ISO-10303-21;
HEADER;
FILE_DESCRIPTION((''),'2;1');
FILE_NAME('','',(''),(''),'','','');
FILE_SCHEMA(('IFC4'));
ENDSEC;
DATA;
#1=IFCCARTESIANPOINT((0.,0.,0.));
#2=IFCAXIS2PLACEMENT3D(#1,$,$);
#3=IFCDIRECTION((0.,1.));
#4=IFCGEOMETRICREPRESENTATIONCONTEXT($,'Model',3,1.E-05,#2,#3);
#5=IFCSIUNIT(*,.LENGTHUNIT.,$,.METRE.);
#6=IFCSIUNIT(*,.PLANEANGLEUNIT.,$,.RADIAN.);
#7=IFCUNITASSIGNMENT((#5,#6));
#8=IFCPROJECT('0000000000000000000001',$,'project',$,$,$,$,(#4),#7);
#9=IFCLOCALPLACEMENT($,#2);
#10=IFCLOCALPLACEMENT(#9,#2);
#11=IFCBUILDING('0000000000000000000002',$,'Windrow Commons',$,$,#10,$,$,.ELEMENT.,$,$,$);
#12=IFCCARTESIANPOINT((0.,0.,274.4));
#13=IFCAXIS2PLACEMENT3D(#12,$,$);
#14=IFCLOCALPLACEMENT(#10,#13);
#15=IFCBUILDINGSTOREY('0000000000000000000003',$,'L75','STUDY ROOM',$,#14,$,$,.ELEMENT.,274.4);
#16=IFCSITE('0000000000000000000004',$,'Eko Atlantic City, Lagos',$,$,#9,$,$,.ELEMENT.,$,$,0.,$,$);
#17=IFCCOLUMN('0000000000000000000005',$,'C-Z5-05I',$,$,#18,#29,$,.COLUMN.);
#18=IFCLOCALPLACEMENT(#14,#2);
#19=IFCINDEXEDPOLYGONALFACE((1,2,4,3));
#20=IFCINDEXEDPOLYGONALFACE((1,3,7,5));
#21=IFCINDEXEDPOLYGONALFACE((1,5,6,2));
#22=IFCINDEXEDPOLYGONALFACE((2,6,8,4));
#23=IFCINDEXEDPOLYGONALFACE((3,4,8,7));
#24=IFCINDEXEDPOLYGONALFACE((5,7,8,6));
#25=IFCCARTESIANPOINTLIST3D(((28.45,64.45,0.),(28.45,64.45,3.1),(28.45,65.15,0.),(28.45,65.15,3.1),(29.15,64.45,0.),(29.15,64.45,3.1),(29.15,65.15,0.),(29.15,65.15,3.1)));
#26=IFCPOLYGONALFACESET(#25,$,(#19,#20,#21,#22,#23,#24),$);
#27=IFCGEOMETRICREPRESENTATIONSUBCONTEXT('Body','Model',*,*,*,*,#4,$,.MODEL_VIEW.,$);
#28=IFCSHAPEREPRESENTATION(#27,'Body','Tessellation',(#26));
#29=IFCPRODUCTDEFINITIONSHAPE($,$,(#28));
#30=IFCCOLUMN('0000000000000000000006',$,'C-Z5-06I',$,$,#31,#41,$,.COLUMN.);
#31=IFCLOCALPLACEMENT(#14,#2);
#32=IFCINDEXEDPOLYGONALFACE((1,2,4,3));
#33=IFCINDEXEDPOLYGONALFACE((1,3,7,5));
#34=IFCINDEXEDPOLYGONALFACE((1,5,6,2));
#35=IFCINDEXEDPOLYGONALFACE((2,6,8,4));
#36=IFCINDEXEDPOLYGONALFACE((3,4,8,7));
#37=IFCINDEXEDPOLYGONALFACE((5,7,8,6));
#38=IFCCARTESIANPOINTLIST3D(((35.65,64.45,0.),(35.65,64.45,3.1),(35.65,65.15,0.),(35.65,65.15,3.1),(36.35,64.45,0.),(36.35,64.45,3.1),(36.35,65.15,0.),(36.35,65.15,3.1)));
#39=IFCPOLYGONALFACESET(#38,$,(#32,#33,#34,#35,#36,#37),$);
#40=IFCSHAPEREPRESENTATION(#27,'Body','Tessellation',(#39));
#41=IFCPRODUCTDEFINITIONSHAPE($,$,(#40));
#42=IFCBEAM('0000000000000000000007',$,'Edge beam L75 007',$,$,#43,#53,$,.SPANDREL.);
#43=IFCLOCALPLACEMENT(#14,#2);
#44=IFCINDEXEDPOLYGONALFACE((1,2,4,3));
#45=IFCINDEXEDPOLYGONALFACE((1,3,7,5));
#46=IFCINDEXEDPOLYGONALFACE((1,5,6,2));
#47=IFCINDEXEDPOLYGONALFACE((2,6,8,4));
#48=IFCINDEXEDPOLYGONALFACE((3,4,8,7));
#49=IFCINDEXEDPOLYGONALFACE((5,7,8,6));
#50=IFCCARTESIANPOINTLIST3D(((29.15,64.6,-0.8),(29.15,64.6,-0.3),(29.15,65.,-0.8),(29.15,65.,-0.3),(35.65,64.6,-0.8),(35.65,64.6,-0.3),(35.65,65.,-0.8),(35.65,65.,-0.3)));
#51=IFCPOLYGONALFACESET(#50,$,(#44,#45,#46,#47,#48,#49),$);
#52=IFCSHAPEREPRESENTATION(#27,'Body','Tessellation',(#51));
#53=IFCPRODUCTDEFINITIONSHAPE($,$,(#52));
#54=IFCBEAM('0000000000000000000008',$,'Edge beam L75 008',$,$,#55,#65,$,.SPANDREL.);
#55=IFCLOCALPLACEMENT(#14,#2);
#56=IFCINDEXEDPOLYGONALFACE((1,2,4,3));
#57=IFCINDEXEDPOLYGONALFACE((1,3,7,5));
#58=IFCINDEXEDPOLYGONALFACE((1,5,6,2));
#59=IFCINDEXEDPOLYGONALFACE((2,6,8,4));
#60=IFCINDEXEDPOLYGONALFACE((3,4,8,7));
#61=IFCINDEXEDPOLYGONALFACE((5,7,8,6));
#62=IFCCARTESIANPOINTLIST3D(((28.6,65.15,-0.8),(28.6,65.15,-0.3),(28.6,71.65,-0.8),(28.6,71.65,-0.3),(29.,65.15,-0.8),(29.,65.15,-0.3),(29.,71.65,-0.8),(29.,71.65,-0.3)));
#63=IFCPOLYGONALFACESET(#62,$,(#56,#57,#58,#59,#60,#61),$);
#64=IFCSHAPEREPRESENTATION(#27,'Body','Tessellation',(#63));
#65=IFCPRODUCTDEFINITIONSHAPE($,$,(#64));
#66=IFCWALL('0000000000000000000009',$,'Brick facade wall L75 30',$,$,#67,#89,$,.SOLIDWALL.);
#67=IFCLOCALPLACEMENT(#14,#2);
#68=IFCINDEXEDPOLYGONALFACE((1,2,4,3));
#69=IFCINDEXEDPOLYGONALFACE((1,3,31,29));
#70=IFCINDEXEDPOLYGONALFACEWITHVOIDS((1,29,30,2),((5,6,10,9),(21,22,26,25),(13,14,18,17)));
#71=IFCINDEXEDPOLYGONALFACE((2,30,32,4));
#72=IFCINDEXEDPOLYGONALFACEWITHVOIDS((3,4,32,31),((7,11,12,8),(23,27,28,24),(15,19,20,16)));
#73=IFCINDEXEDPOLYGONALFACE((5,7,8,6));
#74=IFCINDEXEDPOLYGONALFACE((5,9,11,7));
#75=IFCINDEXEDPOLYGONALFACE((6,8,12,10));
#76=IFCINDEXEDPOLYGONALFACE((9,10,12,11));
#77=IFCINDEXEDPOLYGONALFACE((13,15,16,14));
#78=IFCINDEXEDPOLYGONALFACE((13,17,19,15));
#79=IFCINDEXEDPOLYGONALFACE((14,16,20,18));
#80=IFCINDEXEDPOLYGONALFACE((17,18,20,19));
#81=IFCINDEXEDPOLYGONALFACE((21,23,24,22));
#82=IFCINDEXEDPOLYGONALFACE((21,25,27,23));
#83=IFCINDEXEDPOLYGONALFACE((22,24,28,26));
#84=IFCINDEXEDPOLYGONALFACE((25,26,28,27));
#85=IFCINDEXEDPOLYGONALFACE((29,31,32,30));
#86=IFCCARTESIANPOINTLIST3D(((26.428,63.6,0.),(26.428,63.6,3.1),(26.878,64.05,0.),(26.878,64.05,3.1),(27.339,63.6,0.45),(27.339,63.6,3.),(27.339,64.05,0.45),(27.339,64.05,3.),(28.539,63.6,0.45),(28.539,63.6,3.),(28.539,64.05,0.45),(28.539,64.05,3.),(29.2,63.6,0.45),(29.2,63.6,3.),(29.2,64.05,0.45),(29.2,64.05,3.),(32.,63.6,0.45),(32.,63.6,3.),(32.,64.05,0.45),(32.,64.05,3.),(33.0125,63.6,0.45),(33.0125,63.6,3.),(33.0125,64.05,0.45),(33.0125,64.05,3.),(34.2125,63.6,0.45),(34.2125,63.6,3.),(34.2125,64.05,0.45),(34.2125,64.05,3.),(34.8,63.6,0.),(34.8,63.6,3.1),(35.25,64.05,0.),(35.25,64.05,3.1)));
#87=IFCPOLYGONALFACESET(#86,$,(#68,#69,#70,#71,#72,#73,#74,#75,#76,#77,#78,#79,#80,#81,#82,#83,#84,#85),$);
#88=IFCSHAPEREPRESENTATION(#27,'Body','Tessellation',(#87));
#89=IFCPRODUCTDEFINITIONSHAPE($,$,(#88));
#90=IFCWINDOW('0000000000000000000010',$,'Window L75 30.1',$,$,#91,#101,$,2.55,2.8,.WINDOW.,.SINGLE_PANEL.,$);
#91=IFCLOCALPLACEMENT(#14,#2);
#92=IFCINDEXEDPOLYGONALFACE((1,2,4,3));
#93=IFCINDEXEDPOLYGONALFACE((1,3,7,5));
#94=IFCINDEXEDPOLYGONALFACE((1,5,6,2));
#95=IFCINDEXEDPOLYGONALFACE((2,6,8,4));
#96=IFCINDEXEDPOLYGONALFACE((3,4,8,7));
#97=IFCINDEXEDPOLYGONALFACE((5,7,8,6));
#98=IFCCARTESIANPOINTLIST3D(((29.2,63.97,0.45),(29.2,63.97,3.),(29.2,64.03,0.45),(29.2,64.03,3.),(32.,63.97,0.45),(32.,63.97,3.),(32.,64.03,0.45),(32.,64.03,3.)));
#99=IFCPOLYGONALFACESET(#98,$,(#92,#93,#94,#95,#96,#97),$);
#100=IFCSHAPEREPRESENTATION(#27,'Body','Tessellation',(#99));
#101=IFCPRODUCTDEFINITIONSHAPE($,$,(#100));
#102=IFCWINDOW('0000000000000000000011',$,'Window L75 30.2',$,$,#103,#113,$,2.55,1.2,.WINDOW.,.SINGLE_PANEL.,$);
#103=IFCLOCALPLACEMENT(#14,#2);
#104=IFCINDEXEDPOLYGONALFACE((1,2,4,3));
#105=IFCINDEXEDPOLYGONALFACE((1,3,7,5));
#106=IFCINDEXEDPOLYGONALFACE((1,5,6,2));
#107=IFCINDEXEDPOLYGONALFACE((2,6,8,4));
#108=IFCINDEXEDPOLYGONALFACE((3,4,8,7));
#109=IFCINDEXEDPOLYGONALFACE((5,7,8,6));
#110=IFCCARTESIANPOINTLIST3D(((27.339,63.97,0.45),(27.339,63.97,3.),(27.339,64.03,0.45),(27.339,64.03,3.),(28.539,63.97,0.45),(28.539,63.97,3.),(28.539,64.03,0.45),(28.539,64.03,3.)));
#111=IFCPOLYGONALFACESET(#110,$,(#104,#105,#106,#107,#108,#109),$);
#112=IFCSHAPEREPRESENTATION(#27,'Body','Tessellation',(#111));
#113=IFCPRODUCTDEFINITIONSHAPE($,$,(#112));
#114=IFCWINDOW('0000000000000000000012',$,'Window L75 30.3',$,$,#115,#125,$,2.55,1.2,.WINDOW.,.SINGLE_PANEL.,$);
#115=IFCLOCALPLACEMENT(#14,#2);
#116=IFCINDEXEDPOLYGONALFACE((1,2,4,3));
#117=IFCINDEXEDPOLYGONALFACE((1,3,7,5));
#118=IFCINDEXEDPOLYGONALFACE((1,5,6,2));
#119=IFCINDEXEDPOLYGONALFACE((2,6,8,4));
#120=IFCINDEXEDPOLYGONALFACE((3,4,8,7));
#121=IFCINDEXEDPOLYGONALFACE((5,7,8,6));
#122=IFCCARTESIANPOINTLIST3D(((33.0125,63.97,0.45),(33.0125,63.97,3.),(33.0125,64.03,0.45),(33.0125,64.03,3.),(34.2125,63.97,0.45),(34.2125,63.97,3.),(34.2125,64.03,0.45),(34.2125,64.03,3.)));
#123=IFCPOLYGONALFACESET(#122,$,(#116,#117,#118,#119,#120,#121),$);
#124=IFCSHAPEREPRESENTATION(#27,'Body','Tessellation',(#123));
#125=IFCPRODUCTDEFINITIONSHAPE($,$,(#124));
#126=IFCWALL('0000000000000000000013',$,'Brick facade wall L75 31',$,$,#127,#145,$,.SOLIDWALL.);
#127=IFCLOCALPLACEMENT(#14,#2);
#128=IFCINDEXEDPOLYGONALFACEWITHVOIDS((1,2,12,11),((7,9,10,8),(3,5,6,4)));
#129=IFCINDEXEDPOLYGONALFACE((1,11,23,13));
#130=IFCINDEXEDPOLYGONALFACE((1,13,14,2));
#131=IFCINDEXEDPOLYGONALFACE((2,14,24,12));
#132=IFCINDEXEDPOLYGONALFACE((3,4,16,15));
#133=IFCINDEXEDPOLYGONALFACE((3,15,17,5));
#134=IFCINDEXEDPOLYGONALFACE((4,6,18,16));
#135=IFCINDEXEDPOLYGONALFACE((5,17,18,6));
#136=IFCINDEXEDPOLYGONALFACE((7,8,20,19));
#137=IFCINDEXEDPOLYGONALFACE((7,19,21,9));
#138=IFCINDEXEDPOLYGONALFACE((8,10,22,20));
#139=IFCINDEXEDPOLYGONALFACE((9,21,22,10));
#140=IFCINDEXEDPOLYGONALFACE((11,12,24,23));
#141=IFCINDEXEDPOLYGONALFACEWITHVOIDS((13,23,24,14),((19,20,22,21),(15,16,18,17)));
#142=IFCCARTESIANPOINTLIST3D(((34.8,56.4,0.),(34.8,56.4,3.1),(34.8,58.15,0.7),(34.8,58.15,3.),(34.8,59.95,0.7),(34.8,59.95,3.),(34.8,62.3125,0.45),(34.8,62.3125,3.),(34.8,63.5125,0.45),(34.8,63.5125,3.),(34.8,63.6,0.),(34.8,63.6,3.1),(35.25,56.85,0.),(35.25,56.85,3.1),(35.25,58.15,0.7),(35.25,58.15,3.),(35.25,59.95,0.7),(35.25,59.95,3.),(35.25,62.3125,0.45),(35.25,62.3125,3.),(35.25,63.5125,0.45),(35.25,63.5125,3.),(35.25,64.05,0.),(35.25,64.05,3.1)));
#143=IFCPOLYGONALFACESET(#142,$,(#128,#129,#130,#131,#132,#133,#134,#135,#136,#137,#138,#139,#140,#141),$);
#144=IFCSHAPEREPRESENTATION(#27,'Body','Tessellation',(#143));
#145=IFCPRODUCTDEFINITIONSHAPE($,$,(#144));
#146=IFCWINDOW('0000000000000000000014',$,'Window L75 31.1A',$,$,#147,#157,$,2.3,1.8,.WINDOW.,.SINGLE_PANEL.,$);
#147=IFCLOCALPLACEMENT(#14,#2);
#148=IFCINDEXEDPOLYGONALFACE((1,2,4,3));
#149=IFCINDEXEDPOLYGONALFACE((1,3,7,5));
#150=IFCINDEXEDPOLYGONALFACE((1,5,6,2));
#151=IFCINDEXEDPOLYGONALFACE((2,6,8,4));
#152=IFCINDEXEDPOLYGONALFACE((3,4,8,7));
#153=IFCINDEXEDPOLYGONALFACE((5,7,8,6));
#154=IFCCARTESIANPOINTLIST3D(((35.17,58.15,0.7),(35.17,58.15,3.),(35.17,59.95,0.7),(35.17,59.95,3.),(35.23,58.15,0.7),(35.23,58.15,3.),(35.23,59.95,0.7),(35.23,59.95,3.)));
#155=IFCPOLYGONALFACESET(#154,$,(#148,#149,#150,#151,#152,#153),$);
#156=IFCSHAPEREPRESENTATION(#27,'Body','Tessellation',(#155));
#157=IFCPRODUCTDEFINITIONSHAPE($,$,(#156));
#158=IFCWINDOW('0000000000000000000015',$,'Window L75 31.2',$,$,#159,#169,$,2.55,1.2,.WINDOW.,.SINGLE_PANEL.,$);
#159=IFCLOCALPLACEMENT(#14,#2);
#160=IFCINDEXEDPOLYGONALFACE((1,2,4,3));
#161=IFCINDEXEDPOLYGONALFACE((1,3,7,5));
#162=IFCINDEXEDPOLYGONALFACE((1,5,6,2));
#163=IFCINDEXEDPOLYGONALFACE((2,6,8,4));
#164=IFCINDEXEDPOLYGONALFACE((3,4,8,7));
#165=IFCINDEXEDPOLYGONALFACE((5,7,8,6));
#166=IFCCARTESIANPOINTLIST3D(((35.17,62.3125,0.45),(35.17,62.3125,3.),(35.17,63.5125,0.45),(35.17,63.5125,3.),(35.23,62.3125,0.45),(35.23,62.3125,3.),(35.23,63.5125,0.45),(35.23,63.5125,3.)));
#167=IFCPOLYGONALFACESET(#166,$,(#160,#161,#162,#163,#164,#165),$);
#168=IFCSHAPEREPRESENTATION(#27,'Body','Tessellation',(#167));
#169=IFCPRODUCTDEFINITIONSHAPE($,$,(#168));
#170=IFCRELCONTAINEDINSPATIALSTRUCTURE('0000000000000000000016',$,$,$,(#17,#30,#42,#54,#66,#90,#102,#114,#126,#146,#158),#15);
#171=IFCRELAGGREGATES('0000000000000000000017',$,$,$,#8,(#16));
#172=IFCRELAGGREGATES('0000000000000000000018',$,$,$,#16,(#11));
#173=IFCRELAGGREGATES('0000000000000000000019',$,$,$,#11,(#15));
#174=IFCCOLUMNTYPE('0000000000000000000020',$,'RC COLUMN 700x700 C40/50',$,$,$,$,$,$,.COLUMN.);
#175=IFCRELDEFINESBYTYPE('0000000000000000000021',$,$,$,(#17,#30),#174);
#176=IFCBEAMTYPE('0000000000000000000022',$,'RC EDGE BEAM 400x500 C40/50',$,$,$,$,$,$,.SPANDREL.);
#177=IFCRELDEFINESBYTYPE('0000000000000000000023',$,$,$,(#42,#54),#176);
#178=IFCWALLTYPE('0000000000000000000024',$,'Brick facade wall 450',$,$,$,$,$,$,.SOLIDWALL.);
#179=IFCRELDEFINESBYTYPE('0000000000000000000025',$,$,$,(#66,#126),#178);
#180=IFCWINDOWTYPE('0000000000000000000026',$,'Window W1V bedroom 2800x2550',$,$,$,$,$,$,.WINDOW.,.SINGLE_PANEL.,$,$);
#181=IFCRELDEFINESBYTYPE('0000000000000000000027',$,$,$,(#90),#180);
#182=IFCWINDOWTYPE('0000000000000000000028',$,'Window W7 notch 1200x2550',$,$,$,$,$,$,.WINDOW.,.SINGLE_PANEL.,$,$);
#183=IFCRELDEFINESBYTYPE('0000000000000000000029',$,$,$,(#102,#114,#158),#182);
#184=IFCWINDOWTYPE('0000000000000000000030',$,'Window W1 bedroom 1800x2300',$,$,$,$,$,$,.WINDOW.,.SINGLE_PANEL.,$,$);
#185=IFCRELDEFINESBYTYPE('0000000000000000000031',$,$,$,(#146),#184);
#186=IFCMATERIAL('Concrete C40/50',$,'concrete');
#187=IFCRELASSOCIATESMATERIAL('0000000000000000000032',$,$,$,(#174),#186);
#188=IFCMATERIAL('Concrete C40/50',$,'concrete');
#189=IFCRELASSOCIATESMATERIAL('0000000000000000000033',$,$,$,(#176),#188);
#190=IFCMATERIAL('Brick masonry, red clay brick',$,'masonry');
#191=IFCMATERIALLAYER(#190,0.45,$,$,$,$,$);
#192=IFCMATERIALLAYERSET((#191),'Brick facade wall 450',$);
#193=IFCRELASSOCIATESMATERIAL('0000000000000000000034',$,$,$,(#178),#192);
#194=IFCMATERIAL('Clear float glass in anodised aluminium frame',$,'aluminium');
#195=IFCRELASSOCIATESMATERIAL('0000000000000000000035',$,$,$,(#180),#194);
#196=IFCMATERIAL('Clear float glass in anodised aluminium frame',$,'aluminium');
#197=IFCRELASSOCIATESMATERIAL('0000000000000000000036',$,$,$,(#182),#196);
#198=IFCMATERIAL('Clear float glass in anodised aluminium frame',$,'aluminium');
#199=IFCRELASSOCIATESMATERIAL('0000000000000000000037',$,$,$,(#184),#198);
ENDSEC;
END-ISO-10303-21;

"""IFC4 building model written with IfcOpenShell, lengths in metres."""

from ifc_helpers import new_model, si_unit, direction, frame, frame_2d, origin, origin_2d, place, context, subcontext, project, spatial, polyline, rectangle, outline, extrude, material, layer, layer_set, material_profile, profile_set, type_object, element, fill, save


model = new_model("IFC4")

# Units and contexts
model_context = context("Model", 3, precision=1e-05, world=origin(), true_north=direction((0.0, 1.0)))
body_context = subcontext(model_context, "Body", "Model", "MODEL_VIEW")
ifc_project = project(units=[si_unit("LENGTHUNIT", "METRE"), si_unit("PLANEANGLEUNIT", "RADIAN")], contexts=[model_context])

# Site, building, storey
site_placement = place(None, origin())
site = spatial("IfcSite", under=ifc_project, at=site_placement, Name="Eko Atlantic City, Lagos", CompositionType="ELEMENT", RefElevation=0.0)
building_placement = place(site_placement, origin())
building = spatial("IfcBuilding", under=site, at=building_placement, Name="Windrow Commons", CompositionType="ELEMENT")
storey_placement = place(building_placement, frame((0.0, 0.0, 274.4)))
storey = spatial("IfcBuildingStorey", under=building, at=storey_placement, Name="L75", Description="STUDY ROOM", CompositionType="ELEMENT", Elevation=274.4)

# Columns
ifc_material_1 = material(Name="Concrete C40/50", Category="concrete")
ifc_material_profile_1 = material_profile(ifc_material_1, rectangle(XDim=0.7, YDim=0.7, at=origin_2d()))
ifc_profile_set_1 = profile_set([ifc_material_profile_1], Name="Concrete C40/50")
column_type = type_object("IfcColumnType", Name="RC COLUMN 700x700 C40/50", PredefinedType="COLUMN", material=ifc_profile_set_1)
for number, where, z_axis, x_axis, name in (
    (1, (28.8, 64.8, 0.0), (0.0, 0.0, 1.0), (1.0, 0.0, 0.0), "C-Z5-05I"),
    (2, (36.0, 64.8, 0.0), (0.0, 0.0, 1.0), (1.0, 0.0, 0.0), "C-Z5-06I"),
):
    element("IfcColumn", number, at=place(storey_placement, frame(where, z_axis=z_axis, x_axis=x_axis)), inside=storey, type_object=column_type, Name=name, PredefinedType="COLUMN", context=body_context, shape_type="SweptSolid", body=[
        extrude(rectangle(XDim=0.7, YDim=0.7, at=origin_2d()), origin(), (0.0, 0.0, 1.0), 3.1),
    ])

# Beams
ifc_material_2 = material(Name="Concrete C40/50", Category="concrete")
ifc_material_profile_2 = material_profile(ifc_material_2, rectangle(XDim=0.4, YDim=0.5, at=origin_2d()))
ifc_profile_set_2 = profile_set([ifc_material_profile_2], Name="Concrete C40/50")
beam_type = type_object("IfcBeamType", Name="RC EDGE BEAM 400x500 C40/50", PredefinedType="SPANDREL", material=ifc_profile_set_2)
for number, where, z_axis, x_axis, name in (
    (3, (35.65, 64.8, -0.55), (-1.0, 0.0, 0.0), (0.0, -1.0, 0.0), "Edge beam L75 007"),
    (4, (28.8, 65.15, -0.55), (0.0, 1.0, 0.0), (-1.0, 0.0, 0.0), "Edge beam L75 008"),
):
    element("IfcBeam", number, at=place(storey_placement, frame(where, z_axis=z_axis, x_axis=x_axis)), inside=storey, type_object=beam_type, Name=name, PredefinedType="SPANDREL", context=body_context, shape_type="SweptSolid", body=[
        extrude(rectangle(XDim=0.4, YDim=0.5, at=origin_2d()), origin(), (0.0, 0.0, 1.0), 6.5),
    ])

# Walls, openings, windows
ifc_material_3 = material(Name="Brick masonry, red clay brick", Category="masonry")
ifc_layer_1 = layer(ifc_material_3, 0.45)
ifc_layer_set_1 = layer_set([ifc_layer_1], Name="Brick facade wall 450")
wall_type_1 = type_object("IfcWallType", Name="Brick facade wall 450", PredefinedType="SOLIDWALL", material=ifc_layer_set_1)
wall_1_placement = place(storey_placement, frame((26.653, 63.825, 0.0), z_axis=(0.0, 0.0, 1.0), x_axis=(1.0, 0.0, 0.0)))
wall_1 = element("IfcWall", 5, at=wall_1_placement, inside=storey, type_object=wall_type_1, Name="Brick facade wall L75 30", PredefinedType="SOLIDWALL", context=body_context, shape_type="SweptSolid", body=[
    extrude(outline(polyline([(-0.225, -0.225), (8.147, -0.225), (8.597, 0.225), (0.225, 0.225), (-0.225, -0.225)])), origin(), (0.0, 0.0, 1.0), 3.1),
])
opening_1_placement = place(wall_1_placement, frame((2.547, 0.0, 0.45)))
opening_1 = element("IfcOpeningElement", 6, at=opening_1_placement, cuts=wall_1, PredefinedType="OPENING", context=body_context, shape_type="SweptSolid", body=[
    extrude(rectangle(XDim=2.8, YDim=2.55, at=frame_2d((1.4, 1.275))), frame((0.0, 0.235, 0.0), z_axis=(0.0, -1.0, 0.0), x_axis=(1.0, 0.0, 0.0)), (0.0, 0.0, 1.0), 0.47),
])
opening_2_placement = place(wall_1_placement, frame((0.686, 0.0, 0.45)))
opening_2 = element("IfcOpeningElement", 7, at=opening_2_placement, cuts=wall_1, PredefinedType="OPENING", context=body_context, shape_type="SweptSolid", body=[
    extrude(rectangle(XDim=1.2, YDim=2.55, at=frame_2d((0.6, 1.275))), frame((0.0, 0.235, 0.0), z_axis=(0.0, -1.0, 0.0), x_axis=(1.0, 0.0, 0.0)), (0.0, 0.0, 1.0), 0.47),
])
opening_3_placement = place(wall_1_placement, frame((6.3595, 0.0, 0.45)))
opening_3 = element("IfcOpeningElement", 8, at=opening_3_placement, cuts=wall_1, PredefinedType="OPENING", context=body_context, shape_type="SweptSolid", body=[
    extrude(rectangle(XDim=1.2, YDim=2.55, at=frame_2d((0.6, 1.275))), frame((0.0, 0.235, 0.0), z_axis=(0.0, -1.0, 0.0), x_axis=(1.0, 0.0, 0.0)), (0.0, 0.0, 1.0), 0.47),
])
ifc_material_4 = material(Name="Clear float glass in anodised aluminium frame", Category="aluminium")
window_type_1 = type_object("IfcWindowType", Name="Window W1V bedroom 2800x2550", PartitioningType="SINGLE_PANEL", PredefinedType="WINDOW", material=ifc_material_4)
window_1_placement = place(opening_1_placement, origin())
window_1 = element("IfcWindow", 9, at=window_1_placement, inside=storey, type_object=window_type_1, Name="Window L75 30.1", OverallHeight=2.55, OverallWidth=2.8, PartitioningType="SINGLE_PANEL", PredefinedType="WINDOW", context=body_context, shape_type="SweptSolid", body=[
    extrude(rectangle(XDim=2.8, YDim=2.55, at=frame_2d((1.4, 1.275))), frame((0.0, 0.205, 0.0), z_axis=(0.0, -1.0, 0.0), x_axis=(1.0, 0.0, 0.0)), (0.0, 0.0, 1.0), 0.06),
])
fill(opening_1, window_1)
ifc_material_5 = material(Name="Clear float glass in anodised aluminium frame", Category="aluminium")
window_type_2 = type_object("IfcWindowType", Name="Window W7 notch 1200x2550", PartitioningType="SINGLE_PANEL", PredefinedType="WINDOW", material=ifc_material_5)
window_2_placement = place(opening_2_placement, origin())
window_2 = element("IfcWindow", 10, at=window_2_placement, inside=storey, type_object=window_type_2, Name="Window L75 30.2", OverallHeight=2.55, OverallWidth=1.2, PartitioningType="SINGLE_PANEL", PredefinedType="WINDOW", context=body_context, shape_type="SweptSolid", body=[
    extrude(rectangle(XDim=1.2, YDim=2.55, at=frame_2d((0.6, 1.275))), frame((0.0, 0.205, 0.0), z_axis=(0.0, -1.0, 0.0), x_axis=(1.0, 0.0, 0.0)), (0.0, 0.0, 1.0), 0.06),
])
fill(opening_2, window_2)
window_3_placement = place(opening_3_placement, origin())
window_3 = element("IfcWindow", 11, at=window_3_placement, inside=storey, type_object=window_type_2, Name="Window L75 30.3", OverallHeight=2.55, OverallWidth=1.2, PartitioningType="SINGLE_PANEL", PredefinedType="WINDOW", context=body_context, shape_type="SweptSolid", body=[
    extrude(rectangle(XDim=1.2, YDim=2.55, at=frame_2d((0.6, 1.275))), frame((0.0, 0.205, 0.0), z_axis=(0.0, -1.0, 0.0), x_axis=(1.0, 0.0, 0.0)), (0.0, 0.0, 1.0), 0.06),
])
fill(opening_3, window_3)
wall_2_placement = place(storey_placement, frame((35.025, 63.825, 0.0), z_axis=(0.0, 0.0, 1.0), x_axis=(0.0, -1.0, 0.0)))
wall_2 = element("IfcWall", 12, at=wall_2_placement, inside=storey, type_object=wall_type_1, Name="Brick facade wall L75 31", PredefinedType="SOLIDWALL", context=body_context, shape_type="SweptSolid", body=[
    extrude(outline(polyline([(0.225, -0.225), (7.425, -0.225), (6.975, 0.225), (-0.225, 0.225), (0.225, -0.225)])), origin(), (0.0, 0.0, 1.0), 3.1),
])
opening_4_placement = place(wall_2_placement, frame((0.3125, 0.0, 0.45)))
opening_4 = element("IfcOpeningElement", 13, at=opening_4_placement, cuts=wall_2, PredefinedType="OPENING", context=body_context, shape_type="SweptSolid", body=[
    extrude(rectangle(XDim=1.2, YDim=2.55, at=frame_2d((0.6, 1.275))), frame((0.0, 0.235, 0.0), z_axis=(0.0, -1.0, 0.0), x_axis=(1.0, 0.0, 0.0)), (0.0, 0.0, 1.0), 0.47),
])
opening_5_placement = place(wall_2_placement, frame((3.875, 0.0, 0.7)))
opening_5 = element("IfcOpeningElement", 14, at=opening_5_placement, cuts=wall_2, PredefinedType="OPENING", context=body_context, shape_type="SweptSolid", body=[
    extrude(rectangle(XDim=1.8, YDim=2.3, at=frame_2d((0.9, 1.15))), frame((0.0, 0.235, 0.0), z_axis=(0.0, -1.0, 0.0), x_axis=(1.0, 0.0, 0.0)), (0.0, 0.0, 1.0), 0.47),
])
ifc_material_6 = material(Name="Clear float glass in anodised aluminium frame", Category="aluminium")
window_type_3 = type_object("IfcWindowType", Name="Window W1 bedroom 1800x2300", PartitioningType="SINGLE_PANEL", PredefinedType="WINDOW", material=ifc_material_6)
window_4_placement = place(opening_5_placement, origin())
window_4 = element("IfcWindow", 15, at=window_4_placement, inside=storey, type_object=window_type_3, Name="Window L75 31.1A", OverallHeight=2.3, OverallWidth=1.8, PartitioningType="SINGLE_PANEL", PredefinedType="WINDOW", context=body_context, shape_type="SweptSolid", body=[
    extrude(rectangle(XDim=1.8, YDim=2.3, at=frame_2d((0.9, 1.15))), frame((0.0, 0.205, 0.0), z_axis=(0.0, -1.0, 0.0), x_axis=(1.0, 0.0, 0.0)), (0.0, 0.0, 1.0), 0.06),
])
fill(opening_5, window_4)
window_5_placement = place(opening_4_placement, origin())
window_5 = element("IfcWindow", 16, at=window_5_placement, inside=storey, type_object=window_type_2, Name="Window L75 31.2", OverallHeight=2.55, OverallWidth=1.2, PartitioningType="SINGLE_PANEL", PredefinedType="WINDOW", context=body_context, shape_type="SweptSolid", body=[
    extrude(rectangle(XDim=1.2, YDim=2.55, at=frame_2d((0.6, 1.275))), frame((0.0, 0.205, 0.0), z_axis=(0.0, -1.0, 0.0), x_axis=(1.0, 0.0, 0.0)), (0.0, 0.0, 1.0), 0.06),
])
fill(opening_4, window_5)

save(model, "model.ifc")
